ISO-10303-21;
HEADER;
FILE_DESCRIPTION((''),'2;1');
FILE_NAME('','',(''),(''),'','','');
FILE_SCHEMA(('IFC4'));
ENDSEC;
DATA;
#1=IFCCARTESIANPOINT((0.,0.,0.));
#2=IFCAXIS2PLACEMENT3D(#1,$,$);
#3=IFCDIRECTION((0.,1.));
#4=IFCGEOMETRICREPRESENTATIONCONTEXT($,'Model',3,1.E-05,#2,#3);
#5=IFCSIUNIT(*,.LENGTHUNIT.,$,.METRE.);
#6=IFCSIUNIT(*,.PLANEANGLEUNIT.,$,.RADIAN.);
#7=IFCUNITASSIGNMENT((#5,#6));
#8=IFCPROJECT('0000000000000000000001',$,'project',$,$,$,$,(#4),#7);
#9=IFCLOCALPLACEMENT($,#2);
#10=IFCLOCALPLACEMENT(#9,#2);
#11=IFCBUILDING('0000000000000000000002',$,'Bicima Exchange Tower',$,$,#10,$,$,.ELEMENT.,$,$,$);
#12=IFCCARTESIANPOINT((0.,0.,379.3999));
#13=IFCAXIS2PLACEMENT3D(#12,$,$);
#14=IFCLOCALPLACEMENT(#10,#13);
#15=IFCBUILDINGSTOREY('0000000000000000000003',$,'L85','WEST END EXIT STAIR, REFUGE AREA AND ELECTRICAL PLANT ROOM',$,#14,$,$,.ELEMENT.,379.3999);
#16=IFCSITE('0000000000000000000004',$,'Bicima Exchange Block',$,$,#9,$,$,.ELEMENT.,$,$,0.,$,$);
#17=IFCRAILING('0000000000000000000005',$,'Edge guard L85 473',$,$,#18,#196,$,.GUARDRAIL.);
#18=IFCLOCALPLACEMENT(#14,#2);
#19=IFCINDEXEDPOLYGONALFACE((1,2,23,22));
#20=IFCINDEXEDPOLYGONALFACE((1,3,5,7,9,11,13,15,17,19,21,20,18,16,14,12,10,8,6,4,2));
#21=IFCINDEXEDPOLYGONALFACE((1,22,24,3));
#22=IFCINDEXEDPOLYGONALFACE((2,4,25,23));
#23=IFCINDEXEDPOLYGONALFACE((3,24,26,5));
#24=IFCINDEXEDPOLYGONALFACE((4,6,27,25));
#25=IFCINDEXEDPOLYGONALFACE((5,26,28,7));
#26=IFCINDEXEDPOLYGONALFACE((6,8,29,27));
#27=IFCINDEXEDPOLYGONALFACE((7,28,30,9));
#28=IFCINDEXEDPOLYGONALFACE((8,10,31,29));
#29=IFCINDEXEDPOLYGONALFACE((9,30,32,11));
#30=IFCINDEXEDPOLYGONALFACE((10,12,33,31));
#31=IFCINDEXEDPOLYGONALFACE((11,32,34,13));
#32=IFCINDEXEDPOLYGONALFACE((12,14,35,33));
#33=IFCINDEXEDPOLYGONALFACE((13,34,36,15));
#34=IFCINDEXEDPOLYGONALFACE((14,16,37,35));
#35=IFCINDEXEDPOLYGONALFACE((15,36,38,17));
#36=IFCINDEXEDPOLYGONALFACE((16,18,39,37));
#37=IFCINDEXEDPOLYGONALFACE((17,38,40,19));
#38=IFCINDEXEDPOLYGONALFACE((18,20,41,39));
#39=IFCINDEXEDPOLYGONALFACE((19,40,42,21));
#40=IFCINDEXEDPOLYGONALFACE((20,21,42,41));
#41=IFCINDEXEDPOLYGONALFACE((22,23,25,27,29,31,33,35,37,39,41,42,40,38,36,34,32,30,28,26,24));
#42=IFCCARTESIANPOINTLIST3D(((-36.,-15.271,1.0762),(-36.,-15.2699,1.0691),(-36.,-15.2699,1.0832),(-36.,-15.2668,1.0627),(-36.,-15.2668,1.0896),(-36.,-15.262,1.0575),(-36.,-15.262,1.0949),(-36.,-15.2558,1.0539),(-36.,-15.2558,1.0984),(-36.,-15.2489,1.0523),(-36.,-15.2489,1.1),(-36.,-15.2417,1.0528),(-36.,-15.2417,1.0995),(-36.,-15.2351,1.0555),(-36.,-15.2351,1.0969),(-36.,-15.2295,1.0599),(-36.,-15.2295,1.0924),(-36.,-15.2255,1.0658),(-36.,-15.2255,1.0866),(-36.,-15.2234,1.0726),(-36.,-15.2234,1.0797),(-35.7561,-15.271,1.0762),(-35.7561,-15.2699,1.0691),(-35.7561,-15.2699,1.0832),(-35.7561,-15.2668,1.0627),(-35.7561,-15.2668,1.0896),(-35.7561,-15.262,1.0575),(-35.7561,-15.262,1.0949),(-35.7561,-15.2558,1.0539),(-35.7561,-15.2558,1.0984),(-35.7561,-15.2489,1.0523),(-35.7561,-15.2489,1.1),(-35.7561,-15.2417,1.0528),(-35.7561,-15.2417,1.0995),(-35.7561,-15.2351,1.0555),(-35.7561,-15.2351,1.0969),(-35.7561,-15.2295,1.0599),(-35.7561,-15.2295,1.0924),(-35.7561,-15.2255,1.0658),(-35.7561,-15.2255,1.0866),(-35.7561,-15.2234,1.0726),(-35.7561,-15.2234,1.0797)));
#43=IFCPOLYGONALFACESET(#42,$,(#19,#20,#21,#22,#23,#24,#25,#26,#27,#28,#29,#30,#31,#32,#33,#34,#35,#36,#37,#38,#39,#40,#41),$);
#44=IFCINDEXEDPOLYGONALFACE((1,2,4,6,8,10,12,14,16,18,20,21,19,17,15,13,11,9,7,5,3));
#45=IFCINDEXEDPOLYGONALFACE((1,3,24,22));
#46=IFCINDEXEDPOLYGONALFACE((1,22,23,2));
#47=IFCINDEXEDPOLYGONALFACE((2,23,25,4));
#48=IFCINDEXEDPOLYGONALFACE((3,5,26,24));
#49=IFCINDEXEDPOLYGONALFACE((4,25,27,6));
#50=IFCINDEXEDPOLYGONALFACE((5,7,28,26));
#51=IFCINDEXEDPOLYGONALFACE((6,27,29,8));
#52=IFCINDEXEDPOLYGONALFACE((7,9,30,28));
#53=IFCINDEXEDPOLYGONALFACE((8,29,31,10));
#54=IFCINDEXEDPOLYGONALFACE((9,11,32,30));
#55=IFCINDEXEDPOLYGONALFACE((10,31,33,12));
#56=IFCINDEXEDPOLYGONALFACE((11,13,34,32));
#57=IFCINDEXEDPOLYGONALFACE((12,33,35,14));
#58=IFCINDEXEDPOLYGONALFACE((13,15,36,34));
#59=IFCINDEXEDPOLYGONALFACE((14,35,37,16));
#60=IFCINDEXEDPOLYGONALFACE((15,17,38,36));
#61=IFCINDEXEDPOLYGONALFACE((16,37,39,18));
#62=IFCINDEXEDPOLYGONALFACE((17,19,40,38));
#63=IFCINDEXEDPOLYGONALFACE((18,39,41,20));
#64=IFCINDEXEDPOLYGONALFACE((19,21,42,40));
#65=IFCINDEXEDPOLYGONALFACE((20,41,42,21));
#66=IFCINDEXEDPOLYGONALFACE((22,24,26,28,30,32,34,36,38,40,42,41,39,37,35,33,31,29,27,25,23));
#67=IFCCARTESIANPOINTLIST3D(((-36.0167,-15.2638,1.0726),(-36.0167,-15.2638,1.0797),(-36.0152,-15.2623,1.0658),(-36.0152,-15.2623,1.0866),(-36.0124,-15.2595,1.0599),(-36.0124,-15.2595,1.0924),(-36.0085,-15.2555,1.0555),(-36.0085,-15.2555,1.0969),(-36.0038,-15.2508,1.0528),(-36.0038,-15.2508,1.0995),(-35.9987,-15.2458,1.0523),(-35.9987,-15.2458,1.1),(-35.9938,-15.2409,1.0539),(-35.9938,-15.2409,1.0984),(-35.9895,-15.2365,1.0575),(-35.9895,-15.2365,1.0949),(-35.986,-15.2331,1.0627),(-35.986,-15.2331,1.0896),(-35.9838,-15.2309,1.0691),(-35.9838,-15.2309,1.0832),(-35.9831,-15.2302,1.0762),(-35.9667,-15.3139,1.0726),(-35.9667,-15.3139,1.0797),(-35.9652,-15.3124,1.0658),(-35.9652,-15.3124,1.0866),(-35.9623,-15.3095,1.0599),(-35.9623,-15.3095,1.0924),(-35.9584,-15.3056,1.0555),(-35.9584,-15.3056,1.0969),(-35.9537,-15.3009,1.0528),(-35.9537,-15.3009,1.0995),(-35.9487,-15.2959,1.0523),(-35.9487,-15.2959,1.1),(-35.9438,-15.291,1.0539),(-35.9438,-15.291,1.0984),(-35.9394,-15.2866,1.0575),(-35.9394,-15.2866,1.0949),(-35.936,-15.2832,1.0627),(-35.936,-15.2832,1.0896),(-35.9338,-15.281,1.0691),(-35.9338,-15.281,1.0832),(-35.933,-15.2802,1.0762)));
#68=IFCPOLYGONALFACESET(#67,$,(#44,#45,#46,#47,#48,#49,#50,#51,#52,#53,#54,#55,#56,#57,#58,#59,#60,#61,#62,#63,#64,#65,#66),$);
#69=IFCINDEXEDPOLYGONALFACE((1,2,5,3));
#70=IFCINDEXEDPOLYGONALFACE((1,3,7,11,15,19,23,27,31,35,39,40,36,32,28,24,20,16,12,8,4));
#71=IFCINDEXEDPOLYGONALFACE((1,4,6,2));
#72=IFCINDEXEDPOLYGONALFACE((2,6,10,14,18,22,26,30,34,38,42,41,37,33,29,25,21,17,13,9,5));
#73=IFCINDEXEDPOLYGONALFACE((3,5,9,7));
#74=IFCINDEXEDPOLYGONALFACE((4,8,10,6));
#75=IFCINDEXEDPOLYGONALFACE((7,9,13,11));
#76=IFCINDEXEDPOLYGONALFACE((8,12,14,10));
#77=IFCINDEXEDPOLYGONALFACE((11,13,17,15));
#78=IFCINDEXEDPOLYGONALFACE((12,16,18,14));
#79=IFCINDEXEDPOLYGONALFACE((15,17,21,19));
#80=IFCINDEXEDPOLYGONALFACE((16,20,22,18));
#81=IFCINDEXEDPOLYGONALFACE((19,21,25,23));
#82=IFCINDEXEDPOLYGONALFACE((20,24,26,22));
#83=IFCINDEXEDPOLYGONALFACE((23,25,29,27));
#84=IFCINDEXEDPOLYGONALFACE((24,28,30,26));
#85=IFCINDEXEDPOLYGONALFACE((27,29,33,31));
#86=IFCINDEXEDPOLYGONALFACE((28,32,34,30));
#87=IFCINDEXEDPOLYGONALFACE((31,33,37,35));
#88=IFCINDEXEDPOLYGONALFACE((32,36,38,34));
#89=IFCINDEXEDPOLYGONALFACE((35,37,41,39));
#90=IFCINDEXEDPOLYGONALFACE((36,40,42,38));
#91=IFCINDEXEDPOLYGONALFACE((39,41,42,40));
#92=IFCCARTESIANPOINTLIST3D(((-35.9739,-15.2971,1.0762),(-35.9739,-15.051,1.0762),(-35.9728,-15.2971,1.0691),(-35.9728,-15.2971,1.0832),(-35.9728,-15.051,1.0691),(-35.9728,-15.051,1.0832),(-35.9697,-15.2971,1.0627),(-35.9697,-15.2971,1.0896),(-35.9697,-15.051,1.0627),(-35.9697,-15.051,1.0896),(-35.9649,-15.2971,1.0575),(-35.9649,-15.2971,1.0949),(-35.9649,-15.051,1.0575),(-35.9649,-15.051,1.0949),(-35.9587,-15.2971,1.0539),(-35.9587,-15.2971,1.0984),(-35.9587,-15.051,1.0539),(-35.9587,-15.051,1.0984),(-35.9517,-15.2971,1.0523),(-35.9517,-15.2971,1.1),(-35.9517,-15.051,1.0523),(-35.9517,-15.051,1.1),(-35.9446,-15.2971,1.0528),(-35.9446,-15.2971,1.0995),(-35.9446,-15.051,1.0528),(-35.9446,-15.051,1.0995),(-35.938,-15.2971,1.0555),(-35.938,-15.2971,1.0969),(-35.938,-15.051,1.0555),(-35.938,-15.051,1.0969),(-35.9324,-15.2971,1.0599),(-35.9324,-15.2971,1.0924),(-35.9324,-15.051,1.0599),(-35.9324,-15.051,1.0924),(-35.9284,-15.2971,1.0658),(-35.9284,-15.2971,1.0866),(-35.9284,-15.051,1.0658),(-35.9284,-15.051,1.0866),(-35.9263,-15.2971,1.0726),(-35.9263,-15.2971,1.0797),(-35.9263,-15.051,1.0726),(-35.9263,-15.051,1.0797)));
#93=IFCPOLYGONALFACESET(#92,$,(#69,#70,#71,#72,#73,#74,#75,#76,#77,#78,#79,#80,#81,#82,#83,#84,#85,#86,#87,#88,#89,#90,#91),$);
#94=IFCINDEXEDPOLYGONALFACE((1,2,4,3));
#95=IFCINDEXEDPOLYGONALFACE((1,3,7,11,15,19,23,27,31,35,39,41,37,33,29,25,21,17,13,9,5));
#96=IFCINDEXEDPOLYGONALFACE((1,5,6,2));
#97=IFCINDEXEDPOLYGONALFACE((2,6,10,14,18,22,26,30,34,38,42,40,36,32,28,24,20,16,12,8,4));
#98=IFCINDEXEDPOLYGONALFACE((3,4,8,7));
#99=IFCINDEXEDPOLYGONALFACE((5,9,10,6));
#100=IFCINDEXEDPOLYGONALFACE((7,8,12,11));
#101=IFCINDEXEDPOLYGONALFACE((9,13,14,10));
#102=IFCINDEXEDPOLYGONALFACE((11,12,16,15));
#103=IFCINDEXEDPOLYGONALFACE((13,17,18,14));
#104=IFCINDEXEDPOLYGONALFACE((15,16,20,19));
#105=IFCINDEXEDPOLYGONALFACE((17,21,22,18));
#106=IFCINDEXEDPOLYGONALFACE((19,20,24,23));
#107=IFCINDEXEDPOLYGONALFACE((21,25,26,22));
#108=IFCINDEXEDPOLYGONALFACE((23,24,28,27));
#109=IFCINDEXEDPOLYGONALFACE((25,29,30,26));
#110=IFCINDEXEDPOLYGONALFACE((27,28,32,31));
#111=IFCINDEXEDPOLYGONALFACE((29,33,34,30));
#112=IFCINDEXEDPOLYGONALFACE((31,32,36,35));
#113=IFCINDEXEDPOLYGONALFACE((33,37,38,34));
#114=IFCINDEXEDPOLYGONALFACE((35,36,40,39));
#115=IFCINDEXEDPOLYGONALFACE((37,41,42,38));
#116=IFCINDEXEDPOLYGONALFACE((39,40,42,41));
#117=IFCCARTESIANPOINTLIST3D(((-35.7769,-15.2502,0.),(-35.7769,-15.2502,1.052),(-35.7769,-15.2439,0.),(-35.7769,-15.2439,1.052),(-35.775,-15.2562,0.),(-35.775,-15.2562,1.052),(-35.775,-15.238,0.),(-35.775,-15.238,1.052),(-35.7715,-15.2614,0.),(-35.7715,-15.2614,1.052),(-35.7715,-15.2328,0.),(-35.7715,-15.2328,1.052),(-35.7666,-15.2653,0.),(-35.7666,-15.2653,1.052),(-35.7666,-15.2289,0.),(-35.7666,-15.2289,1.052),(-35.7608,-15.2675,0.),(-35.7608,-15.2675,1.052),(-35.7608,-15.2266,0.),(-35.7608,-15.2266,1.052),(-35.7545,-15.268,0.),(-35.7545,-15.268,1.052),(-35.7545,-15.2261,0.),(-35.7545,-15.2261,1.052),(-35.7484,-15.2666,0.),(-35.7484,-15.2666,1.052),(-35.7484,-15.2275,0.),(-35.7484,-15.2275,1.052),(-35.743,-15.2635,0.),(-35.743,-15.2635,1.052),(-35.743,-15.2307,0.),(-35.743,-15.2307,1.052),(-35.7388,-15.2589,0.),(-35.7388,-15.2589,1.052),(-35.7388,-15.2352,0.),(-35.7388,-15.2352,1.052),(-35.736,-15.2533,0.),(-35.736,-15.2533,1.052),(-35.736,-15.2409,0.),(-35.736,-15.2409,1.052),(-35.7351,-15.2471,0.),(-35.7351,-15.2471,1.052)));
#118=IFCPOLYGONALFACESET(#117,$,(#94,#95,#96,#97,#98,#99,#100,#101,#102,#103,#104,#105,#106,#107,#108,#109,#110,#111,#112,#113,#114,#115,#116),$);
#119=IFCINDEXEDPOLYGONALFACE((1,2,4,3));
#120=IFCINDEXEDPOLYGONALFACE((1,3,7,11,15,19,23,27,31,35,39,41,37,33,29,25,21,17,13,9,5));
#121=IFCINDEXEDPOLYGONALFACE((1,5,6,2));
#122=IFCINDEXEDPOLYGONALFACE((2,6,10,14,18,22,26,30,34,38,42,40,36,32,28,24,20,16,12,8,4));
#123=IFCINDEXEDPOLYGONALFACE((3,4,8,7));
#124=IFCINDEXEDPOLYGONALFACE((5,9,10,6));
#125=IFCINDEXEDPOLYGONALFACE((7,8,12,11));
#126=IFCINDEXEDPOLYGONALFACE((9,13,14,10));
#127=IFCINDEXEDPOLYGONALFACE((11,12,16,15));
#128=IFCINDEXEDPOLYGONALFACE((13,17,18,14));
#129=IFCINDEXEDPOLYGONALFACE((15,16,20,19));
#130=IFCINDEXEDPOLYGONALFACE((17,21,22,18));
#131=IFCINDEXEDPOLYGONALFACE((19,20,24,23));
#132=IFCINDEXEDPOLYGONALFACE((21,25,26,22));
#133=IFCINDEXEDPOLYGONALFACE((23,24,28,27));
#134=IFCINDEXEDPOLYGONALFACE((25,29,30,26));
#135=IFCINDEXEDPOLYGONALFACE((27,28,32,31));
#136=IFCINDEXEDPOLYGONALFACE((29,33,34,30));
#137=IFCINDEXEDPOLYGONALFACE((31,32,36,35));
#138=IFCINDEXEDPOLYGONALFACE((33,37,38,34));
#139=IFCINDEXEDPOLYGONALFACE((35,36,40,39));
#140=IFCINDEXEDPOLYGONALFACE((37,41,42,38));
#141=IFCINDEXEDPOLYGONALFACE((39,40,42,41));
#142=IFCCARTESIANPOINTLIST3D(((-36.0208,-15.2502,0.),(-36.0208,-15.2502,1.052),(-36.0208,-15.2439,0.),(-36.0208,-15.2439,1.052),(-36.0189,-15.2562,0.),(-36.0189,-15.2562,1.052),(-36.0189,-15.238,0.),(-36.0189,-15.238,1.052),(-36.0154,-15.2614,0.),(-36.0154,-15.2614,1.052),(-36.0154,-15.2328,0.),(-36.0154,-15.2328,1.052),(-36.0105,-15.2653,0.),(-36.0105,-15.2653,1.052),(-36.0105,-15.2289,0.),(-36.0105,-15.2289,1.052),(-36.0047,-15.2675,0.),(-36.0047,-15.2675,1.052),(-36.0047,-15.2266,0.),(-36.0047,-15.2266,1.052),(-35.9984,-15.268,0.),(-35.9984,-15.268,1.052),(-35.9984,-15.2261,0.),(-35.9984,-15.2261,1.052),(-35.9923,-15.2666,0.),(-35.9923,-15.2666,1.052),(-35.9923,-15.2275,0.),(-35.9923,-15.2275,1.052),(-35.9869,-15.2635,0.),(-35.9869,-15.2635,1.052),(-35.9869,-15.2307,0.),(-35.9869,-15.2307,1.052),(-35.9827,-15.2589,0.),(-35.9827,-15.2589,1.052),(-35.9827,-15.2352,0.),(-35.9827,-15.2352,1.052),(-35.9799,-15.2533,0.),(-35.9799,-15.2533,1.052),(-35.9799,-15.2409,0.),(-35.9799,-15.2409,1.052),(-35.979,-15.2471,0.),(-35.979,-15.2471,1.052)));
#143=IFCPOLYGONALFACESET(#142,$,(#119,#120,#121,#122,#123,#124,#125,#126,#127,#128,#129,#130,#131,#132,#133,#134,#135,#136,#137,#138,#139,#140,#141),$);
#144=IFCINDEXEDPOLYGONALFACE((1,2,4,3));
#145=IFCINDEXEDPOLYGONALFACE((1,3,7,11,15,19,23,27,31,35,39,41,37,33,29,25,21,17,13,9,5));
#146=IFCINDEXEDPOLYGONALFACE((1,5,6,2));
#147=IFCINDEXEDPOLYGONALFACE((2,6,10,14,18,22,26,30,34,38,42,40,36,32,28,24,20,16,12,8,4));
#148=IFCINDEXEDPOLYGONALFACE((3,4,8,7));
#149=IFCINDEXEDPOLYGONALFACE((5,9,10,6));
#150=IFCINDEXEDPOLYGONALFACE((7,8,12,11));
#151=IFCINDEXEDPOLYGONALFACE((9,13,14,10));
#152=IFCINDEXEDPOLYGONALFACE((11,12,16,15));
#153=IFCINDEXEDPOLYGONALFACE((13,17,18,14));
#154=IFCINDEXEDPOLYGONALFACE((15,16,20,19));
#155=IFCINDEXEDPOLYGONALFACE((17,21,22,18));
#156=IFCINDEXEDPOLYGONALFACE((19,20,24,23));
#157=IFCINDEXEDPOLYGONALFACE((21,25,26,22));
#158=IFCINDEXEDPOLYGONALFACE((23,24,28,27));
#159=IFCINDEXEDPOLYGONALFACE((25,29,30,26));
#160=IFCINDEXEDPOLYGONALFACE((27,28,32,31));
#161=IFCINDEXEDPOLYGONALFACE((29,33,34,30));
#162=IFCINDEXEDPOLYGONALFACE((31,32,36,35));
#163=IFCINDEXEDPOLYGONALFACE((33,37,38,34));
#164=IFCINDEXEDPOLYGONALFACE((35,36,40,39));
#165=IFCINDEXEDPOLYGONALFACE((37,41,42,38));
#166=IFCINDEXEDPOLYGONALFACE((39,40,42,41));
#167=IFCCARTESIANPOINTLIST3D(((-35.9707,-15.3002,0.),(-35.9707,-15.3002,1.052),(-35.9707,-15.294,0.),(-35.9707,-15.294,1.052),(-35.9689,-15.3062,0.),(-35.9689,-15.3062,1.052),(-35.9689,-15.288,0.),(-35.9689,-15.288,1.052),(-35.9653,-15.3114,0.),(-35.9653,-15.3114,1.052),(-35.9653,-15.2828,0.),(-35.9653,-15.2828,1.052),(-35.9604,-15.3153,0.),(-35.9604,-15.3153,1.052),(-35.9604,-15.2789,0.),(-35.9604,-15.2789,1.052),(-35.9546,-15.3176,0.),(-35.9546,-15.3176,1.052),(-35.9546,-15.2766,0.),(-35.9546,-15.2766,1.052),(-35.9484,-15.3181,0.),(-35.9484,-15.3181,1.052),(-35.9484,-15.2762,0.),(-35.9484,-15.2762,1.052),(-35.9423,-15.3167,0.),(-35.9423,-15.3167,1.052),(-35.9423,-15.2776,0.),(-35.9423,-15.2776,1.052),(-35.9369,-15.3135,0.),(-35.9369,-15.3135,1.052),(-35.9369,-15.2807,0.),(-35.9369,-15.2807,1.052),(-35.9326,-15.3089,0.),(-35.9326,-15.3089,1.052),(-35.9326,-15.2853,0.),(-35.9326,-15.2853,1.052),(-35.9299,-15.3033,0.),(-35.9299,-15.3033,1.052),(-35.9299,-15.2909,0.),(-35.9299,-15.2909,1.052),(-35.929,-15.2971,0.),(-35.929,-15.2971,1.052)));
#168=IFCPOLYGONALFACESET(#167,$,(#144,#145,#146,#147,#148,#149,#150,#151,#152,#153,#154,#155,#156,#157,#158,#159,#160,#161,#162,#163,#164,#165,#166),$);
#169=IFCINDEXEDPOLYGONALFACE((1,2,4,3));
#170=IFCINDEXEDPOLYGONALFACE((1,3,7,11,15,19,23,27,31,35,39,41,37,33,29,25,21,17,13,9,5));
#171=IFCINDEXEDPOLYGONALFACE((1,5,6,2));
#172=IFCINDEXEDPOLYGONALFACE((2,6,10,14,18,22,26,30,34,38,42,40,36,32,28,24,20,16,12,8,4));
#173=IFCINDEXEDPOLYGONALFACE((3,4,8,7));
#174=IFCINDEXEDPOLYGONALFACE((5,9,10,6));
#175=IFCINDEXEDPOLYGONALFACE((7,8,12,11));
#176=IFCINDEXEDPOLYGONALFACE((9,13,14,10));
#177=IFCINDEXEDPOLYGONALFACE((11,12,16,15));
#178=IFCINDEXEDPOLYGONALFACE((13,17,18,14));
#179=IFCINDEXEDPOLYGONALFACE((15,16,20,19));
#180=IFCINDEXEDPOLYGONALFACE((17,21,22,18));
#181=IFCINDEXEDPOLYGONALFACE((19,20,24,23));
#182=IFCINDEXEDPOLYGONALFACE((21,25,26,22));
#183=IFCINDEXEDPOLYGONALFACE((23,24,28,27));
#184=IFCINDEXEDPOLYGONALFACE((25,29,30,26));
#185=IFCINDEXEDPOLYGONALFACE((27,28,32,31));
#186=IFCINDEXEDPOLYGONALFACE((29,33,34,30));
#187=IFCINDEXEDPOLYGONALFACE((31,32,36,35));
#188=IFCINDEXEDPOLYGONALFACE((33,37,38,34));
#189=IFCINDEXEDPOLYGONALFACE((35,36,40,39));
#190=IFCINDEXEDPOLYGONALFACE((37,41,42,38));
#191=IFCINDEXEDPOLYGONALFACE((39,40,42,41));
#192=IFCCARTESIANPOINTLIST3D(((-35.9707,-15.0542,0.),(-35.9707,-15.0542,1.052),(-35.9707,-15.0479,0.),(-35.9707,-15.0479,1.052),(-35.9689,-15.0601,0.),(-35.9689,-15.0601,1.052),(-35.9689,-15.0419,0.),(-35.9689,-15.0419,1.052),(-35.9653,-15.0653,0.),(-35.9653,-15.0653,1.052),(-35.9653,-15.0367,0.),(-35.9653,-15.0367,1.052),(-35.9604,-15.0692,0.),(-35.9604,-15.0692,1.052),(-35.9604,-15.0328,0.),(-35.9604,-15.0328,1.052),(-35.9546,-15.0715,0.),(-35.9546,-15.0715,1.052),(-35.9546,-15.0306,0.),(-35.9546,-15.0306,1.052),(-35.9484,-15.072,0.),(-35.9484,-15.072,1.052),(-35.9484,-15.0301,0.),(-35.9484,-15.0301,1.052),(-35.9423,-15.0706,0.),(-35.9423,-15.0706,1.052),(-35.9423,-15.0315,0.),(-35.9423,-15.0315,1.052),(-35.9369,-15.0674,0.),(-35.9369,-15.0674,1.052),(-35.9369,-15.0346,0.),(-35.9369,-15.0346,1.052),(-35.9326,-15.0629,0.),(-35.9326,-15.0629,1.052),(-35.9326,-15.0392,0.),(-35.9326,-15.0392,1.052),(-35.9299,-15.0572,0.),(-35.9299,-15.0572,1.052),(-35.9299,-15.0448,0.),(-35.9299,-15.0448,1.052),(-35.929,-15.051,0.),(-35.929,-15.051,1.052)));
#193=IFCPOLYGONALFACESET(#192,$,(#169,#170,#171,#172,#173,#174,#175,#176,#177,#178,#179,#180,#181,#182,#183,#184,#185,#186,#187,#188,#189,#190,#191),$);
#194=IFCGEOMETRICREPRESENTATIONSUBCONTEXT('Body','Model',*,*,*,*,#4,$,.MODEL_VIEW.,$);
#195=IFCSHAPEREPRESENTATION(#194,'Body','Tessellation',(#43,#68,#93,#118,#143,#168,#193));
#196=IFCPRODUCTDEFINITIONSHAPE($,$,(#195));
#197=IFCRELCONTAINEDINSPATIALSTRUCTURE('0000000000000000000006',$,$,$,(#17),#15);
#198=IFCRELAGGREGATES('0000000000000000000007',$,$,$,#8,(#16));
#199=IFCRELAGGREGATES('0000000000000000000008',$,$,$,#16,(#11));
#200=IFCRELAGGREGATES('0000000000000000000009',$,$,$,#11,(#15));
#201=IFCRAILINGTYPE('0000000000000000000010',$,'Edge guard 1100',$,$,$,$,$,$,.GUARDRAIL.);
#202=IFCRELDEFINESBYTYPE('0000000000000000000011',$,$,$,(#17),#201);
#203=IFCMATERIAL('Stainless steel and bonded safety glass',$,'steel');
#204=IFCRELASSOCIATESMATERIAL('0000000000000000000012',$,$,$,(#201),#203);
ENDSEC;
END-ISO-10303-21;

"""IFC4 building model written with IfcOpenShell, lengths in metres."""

from ifc_helpers import new_model, si_unit, direction, frame, origin, origin_2d, place, context, subcontext, project, spatial, circle, extrude, material, type_object, element, save


model = new_model("IFC4")

# Units and contexts
model_context = context("Model", 3, precision=1e-05, world=origin(), true_north=direction((0.0, 1.0)))
body_context = subcontext(model_context, "Body", "Model", "MODEL_VIEW")
ifc_project = project(units=[si_unit("LENGTHUNIT", "METRE"), si_unit("PLANEANGLEUNIT", "RADIAN")], contexts=[model_context])

# Site, building, storey
site_placement = place(None, origin())
site = spatial("IfcSite", under=ifc_project, at=site_placement, Name="Bicima Exchange Block", CompositionType="ELEMENT", RefElevation=0.0)
building_placement = place(site_placement, origin())
building = spatial("IfcBuilding", under=site, at=building_placement, Name="Bicima Exchange Tower", CompositionType="ELEMENT")
storey_placement = place(building_placement, frame((0.0, 0.0, 379.3999)))
storey = spatial("IfcBuildingStorey", under=building, at=storey_placement, Name="L85", Description="WEST END EXIT STAIR, REFUGE AREA AND ELECTRICAL PLANT ROOM", CompositionType="ELEMENT", Elevation=379.3999)

# Railing
ifc_material_1 = material(Name="Stainless steel and bonded safety glass", Category="steel")
railing_type = type_object("IfcRailingType", Name="Edge guard 1100", PredefinedType="GUARDRAIL", material=ifc_material_1)
railing_1_placement = place(storey_placement, frame((-35.7561, -15.2471, 0.0)))
element("IfcRailing", 1, at=railing_1_placement, inside=storey, type_object=railing_type, Name="Edge guard L85 473", PredefinedType="GUARDRAIL", context=body_context, shape_type="SweptSolid", body=[
    extrude(circle(Radius=0.0239, at=origin_2d()), frame((0.0, 0.0, 1.0762), z_axis=(-1.0, 0.0, 0.0), x_axis=(0.0, -1.0, 0.0)), (0.0, 0.0, 1.0), 0.2439),
    extrude(circle(Radius=0.0239, at=origin_2d()), frame((-0.2439, 0.0, 1.0762), z_axis=(0.707107, -0.707107, 0.0), x_axis=(0.707107, 0.707107, 0.0)), (0.0, 0.0, 1.0), 0.0708),
    extrude(circle(Radius=0.0239, at=origin_2d()), frame((-0.1938, -0.05, 1.0762), z_axis=(0.0, 1.0, 0.0), x_axis=(-1.0, 0.0, 0.0)), (0.0, 0.0, 1.0), 0.2461),
    extrude(circle(Radius=0.021, at=origin_2d()), origin(), (0.0, 0.0, 1.0), 1.052),
    extrude(circle(Radius=0.021, at=origin_2d()), frame((-0.2439, 0.0, 0.0)), (0.0, 0.0, 1.0), 1.052),
    extrude(circle(Radius=0.021, at=origin_2d()), frame((-0.1938, -0.05, 0.0)), (0.0, 0.0, 1.0), 1.052),
    extrude(circle(Radius=0.021, at=origin_2d()), frame((-0.1938, 0.196, 0.0)), (0.0, 0.0, 1.0), 1.052),
])

save(model, "model.ifc")
